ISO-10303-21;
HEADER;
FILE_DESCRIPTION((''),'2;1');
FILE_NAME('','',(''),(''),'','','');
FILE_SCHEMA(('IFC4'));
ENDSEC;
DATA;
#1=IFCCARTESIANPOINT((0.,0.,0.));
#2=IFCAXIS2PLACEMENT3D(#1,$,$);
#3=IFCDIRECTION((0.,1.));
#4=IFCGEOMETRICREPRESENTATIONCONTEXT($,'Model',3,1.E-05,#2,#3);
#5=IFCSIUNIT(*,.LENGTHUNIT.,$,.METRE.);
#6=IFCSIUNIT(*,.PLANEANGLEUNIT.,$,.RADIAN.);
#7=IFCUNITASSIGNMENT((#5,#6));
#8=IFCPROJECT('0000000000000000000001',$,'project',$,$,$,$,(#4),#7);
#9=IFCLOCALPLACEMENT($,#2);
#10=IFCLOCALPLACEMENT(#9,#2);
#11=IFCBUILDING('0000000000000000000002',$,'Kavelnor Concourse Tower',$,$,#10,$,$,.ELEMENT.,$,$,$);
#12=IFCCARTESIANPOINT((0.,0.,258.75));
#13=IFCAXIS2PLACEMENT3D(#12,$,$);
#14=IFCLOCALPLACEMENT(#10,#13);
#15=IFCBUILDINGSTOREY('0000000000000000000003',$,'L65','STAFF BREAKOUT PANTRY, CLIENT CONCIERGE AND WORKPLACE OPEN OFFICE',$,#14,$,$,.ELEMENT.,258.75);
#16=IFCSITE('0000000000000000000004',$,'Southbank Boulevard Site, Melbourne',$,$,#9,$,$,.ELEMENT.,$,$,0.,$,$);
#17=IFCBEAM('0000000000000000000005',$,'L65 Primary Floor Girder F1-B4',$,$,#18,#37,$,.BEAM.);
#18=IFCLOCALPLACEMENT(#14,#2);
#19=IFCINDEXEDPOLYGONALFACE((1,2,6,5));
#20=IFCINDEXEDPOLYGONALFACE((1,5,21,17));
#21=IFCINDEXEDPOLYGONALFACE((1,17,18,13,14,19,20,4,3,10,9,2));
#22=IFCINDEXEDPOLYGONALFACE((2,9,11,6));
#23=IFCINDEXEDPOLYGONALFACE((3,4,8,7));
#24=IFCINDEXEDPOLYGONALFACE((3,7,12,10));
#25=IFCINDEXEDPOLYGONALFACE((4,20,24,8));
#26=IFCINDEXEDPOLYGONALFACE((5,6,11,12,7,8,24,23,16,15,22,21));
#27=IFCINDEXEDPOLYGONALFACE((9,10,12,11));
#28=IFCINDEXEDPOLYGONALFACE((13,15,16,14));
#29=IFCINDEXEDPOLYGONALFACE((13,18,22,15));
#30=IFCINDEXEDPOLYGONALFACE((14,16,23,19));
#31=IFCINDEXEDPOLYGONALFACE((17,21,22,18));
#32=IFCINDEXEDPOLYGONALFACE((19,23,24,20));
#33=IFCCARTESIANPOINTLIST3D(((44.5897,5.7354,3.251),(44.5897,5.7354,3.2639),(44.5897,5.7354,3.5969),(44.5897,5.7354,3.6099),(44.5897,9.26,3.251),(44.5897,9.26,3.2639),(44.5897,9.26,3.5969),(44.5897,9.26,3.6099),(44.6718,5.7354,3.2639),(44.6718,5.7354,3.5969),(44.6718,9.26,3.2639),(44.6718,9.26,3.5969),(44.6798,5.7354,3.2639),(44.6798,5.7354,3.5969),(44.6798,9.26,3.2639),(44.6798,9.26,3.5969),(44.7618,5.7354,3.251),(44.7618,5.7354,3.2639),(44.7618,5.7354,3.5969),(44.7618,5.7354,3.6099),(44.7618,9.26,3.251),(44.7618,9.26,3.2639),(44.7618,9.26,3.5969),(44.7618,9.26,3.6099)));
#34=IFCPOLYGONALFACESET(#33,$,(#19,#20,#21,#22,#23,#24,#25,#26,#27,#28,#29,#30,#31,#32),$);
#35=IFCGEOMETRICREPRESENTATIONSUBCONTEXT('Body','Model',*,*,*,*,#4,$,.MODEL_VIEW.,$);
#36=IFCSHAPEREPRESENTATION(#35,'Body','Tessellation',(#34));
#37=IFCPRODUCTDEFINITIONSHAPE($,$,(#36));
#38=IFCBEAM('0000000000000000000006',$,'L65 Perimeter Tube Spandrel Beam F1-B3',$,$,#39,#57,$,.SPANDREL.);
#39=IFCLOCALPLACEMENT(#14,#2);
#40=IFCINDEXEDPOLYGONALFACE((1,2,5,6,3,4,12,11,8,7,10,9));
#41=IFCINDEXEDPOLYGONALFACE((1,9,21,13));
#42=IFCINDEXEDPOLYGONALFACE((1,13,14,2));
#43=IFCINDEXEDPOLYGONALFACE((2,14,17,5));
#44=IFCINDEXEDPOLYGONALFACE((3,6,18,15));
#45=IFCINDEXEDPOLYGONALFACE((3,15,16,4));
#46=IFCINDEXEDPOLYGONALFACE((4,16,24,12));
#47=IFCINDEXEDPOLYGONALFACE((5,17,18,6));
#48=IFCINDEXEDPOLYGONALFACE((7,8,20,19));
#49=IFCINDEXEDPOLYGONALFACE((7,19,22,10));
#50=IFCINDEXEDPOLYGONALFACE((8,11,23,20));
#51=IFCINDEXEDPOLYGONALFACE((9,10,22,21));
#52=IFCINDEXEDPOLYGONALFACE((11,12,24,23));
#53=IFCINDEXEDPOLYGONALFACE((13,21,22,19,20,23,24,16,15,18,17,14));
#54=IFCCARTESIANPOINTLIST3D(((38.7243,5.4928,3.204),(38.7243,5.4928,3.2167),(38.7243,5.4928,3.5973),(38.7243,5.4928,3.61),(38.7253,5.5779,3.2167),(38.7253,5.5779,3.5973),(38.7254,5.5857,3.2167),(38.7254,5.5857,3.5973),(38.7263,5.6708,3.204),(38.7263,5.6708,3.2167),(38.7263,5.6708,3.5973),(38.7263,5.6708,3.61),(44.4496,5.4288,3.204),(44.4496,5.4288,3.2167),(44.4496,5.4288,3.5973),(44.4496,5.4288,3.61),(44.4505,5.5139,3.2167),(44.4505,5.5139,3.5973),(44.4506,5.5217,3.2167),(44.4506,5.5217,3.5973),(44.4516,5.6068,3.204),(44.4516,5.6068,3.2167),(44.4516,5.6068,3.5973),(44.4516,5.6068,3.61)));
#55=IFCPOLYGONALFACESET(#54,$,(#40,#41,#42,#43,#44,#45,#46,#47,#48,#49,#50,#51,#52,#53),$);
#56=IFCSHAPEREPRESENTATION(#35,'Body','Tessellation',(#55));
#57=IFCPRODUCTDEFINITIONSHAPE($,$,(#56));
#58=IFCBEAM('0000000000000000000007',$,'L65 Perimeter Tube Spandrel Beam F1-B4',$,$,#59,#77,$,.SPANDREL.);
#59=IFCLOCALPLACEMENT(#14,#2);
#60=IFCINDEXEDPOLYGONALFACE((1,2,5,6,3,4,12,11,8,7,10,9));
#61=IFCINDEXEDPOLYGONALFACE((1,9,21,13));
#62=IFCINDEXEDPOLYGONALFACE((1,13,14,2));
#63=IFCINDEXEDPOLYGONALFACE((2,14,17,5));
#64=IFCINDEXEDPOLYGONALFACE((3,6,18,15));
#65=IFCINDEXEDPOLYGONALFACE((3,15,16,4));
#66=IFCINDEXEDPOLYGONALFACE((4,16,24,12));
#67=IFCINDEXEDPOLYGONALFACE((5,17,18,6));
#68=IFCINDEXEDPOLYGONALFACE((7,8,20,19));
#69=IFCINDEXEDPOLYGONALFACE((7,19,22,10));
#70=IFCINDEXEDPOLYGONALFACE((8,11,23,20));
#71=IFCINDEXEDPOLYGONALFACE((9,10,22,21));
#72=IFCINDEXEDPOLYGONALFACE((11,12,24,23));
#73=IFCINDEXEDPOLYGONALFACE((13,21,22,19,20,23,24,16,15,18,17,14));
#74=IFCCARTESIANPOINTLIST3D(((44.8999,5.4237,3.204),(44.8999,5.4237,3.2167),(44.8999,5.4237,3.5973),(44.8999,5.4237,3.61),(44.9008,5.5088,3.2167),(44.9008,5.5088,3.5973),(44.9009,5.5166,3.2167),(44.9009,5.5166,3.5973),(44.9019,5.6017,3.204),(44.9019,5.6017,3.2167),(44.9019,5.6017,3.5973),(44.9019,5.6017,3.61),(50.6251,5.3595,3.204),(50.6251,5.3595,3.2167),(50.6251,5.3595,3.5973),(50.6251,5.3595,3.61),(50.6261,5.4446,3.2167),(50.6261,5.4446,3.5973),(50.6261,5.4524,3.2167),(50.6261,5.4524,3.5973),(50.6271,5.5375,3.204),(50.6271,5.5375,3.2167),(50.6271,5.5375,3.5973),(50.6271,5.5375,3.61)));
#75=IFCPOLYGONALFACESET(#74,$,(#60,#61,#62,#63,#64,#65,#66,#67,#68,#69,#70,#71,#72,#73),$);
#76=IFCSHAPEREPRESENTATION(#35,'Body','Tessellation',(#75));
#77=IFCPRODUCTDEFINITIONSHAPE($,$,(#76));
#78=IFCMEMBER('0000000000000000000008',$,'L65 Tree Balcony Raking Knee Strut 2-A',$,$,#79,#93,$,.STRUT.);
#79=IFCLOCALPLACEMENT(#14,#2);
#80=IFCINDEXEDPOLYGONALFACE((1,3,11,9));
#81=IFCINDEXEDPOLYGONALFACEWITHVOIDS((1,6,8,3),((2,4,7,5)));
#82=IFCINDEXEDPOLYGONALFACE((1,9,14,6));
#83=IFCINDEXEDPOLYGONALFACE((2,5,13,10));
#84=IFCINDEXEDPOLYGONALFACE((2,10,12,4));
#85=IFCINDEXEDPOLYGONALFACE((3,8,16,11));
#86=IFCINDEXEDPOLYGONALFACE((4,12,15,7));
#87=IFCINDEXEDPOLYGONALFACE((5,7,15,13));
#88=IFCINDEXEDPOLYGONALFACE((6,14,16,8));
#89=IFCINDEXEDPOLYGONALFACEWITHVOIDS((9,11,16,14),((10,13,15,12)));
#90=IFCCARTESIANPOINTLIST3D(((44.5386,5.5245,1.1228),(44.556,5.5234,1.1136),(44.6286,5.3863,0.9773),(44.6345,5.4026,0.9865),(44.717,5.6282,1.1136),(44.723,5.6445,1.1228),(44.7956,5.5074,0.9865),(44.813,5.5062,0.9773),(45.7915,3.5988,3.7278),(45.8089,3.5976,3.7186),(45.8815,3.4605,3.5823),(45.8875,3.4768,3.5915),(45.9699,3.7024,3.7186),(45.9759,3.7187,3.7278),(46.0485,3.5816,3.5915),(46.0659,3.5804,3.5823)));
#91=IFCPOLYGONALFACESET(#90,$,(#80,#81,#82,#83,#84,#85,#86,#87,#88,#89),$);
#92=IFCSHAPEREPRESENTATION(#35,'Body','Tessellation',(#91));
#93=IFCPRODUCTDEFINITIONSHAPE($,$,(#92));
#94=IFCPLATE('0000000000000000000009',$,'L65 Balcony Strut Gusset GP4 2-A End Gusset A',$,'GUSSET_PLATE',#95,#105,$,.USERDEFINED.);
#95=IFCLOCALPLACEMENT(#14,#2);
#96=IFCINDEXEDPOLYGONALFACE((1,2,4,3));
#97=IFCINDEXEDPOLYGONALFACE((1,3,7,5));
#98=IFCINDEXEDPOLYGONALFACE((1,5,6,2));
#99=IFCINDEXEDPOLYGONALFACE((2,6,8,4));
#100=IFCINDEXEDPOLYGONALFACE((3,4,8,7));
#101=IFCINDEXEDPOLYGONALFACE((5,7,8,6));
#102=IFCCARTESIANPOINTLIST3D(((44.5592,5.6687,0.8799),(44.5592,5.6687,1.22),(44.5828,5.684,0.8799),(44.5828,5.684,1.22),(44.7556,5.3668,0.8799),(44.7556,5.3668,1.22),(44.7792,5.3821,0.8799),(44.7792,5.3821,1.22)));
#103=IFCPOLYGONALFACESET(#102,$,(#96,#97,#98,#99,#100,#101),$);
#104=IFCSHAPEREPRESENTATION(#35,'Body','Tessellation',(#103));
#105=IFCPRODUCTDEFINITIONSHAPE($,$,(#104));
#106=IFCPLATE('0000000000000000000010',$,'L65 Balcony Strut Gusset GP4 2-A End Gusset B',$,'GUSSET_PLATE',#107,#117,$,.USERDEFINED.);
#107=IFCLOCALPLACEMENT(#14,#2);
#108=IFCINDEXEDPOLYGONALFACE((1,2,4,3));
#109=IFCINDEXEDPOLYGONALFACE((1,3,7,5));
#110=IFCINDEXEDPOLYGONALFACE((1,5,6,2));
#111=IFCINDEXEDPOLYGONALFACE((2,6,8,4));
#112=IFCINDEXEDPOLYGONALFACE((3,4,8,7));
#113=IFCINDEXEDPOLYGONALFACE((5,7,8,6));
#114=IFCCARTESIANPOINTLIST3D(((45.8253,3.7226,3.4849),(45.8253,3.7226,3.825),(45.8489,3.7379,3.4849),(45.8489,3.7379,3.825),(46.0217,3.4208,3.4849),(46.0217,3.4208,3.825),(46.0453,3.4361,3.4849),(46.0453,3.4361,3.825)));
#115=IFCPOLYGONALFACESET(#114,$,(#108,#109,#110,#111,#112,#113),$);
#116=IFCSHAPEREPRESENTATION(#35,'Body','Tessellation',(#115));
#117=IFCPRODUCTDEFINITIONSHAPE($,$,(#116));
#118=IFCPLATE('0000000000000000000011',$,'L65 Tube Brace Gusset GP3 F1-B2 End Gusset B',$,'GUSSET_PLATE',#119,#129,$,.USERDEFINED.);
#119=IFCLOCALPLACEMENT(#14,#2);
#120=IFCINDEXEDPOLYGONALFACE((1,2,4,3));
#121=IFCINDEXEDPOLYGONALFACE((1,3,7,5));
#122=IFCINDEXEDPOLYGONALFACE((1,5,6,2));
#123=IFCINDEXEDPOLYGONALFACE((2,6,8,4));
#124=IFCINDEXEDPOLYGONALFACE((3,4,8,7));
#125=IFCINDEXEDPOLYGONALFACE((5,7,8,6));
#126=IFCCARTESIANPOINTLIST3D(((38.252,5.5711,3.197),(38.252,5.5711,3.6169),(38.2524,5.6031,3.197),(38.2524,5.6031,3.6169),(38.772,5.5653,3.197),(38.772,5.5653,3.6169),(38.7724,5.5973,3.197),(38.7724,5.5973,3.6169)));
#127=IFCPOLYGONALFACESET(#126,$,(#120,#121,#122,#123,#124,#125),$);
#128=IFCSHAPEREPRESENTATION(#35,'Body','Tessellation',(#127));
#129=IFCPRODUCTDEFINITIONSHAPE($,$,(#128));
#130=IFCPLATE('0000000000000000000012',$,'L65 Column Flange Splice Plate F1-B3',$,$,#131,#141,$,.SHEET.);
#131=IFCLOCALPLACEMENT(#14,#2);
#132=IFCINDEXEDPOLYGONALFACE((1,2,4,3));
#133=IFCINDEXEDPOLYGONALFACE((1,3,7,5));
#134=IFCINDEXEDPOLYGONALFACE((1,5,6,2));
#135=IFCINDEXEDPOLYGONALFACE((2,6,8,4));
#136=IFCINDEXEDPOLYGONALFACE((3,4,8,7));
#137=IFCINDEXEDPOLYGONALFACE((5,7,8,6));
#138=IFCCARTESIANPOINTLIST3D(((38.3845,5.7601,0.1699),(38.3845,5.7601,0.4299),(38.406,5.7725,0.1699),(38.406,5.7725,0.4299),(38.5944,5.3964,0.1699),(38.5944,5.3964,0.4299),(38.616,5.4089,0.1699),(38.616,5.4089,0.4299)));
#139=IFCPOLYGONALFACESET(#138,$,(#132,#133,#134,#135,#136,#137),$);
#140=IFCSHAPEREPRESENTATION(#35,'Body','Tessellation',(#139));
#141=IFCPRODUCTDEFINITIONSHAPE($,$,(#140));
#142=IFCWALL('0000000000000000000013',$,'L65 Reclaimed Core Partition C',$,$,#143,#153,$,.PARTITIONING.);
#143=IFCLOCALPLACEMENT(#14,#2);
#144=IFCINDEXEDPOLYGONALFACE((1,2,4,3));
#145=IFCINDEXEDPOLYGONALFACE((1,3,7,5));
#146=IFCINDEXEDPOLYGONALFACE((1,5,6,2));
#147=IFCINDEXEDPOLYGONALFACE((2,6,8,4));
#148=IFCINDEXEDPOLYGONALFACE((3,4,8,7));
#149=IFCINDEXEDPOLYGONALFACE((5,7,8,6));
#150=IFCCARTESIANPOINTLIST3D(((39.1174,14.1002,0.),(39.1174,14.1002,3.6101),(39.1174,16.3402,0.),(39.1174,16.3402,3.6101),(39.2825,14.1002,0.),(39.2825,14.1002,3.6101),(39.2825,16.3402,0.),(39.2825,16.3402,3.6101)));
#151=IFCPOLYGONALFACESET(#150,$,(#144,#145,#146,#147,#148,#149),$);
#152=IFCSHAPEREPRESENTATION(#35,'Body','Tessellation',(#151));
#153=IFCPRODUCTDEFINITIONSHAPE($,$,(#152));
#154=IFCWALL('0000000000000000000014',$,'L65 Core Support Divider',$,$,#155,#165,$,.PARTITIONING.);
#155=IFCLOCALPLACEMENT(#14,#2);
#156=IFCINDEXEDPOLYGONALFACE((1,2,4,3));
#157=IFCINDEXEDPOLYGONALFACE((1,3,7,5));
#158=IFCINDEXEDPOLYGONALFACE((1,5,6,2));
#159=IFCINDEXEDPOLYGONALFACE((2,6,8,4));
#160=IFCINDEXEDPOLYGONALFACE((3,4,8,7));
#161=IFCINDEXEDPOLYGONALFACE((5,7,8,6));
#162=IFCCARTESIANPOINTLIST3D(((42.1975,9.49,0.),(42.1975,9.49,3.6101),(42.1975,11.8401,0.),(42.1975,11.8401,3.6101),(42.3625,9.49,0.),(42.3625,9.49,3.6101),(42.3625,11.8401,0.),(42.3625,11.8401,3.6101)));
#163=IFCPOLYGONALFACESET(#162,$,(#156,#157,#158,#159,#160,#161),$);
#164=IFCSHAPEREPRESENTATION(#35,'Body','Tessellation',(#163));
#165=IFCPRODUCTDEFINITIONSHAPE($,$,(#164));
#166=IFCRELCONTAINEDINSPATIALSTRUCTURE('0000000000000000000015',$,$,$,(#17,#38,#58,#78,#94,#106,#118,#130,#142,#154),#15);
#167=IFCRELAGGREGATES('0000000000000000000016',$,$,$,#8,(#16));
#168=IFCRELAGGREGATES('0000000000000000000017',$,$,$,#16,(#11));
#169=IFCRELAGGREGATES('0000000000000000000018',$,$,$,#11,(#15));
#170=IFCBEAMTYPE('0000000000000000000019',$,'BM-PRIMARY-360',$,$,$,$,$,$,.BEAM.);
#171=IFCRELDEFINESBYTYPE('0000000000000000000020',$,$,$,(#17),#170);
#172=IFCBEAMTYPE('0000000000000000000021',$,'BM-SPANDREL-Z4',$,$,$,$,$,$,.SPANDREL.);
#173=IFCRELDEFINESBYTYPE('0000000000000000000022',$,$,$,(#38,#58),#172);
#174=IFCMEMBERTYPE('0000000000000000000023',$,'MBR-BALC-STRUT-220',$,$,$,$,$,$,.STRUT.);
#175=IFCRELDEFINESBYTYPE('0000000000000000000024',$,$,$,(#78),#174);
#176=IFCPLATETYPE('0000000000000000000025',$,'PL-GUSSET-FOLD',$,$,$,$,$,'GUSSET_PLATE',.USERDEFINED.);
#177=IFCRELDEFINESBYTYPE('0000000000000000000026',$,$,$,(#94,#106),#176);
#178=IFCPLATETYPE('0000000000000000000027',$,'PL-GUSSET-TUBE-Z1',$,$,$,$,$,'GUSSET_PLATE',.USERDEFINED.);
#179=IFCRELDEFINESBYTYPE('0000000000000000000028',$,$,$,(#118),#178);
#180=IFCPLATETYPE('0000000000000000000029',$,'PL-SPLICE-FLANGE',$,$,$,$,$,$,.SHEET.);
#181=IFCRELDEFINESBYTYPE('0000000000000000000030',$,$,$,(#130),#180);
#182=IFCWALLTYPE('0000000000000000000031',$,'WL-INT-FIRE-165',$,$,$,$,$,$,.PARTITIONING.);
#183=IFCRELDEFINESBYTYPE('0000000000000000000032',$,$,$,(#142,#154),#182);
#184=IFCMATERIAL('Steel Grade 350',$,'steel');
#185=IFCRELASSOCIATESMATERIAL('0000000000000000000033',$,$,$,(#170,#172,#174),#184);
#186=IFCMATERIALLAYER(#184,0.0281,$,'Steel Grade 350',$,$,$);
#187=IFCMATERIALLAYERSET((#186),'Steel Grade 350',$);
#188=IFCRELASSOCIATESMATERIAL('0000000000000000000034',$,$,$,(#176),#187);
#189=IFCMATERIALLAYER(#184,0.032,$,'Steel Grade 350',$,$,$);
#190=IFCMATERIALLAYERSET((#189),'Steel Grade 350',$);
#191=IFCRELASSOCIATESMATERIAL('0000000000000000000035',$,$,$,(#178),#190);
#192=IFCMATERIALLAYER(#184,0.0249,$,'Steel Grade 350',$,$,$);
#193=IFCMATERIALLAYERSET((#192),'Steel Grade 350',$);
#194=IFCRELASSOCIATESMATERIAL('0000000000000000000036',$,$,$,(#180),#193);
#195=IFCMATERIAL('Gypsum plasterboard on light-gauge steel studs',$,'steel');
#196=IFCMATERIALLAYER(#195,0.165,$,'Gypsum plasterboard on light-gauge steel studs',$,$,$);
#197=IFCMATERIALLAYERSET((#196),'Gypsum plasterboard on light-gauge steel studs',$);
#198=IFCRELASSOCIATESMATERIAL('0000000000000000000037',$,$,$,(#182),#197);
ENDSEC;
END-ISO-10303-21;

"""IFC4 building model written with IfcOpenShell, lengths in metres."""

from ifc_helpers import new_model, si_unit, direction, frame, frame_2d, origin, origin_2d, place, context, subcontext, project, spatial, rectangle, hollow_rectangle, i_section, extrude, material, layer, layer_set, material_profile, profile_set, type_object, element, save


model = new_model("IFC4")

# Units and contexts
model_context = context("Model", 3, precision=1e-05, world=origin(), true_north=direction((0.0, 1.0)))
body_context = subcontext(model_context, "Body", "Model", "MODEL_VIEW")
ifc_project = project(units=[si_unit("LENGTHUNIT", "METRE"), si_unit("PLANEANGLEUNIT", "RADIAN")], contexts=[model_context])

# Site, building, storey
site_placement = place(None, origin())
site = spatial("IfcSite", under=ifc_project, at=site_placement, Name="Southbank Boulevard Site, Melbourne", CompositionType="ELEMENT", RefElevation=0.0)
building_placement = place(site_placement, origin())
building = spatial("IfcBuilding", under=site, at=building_placement, Name="Kavelnor Concourse Tower", CompositionType="ELEMENT")
storey_placement = place(building_placement, frame((0.0, 0.0, 258.75)))
storey = spatial("IfcBuildingStorey", under=building, at=storey_placement, Name="L65", Description="STAFF BREAKOUT PANTRY, CLIENT CONCIERGE AND WORKPLACE OPEN OFFICE", CompositionType="ELEMENT", Elevation=258.75)

# Shared definitions
ifc_material_1 = material(Name="Steel Grade 350", Category="steel")

# Beams
ifc_material_profile_1 = material_profile(ifc_material_1, i_section(OverallWidth=0.1721, OverallDepth=0.3589, WebThickness=0.0081, FlangeThickness=0.0129, at=origin_2d()), Name="360UB56")
ifc_profile_set_1 = profile_set([ifc_material_profile_1], Name="Steel Grade 350")
beam_type_1 = type_object("IfcBeamType", Name="BM-PRIMARY-360", PredefinedType="BEAM", material=ifc_profile_set_1)
beam_1_placement = place(storey_placement, frame((44.6758, 9.26, 3.4304), z_axis=(0.0, -1.0, 0.0), x_axis=(1.0, 0.0, 0.0)))
element("IfcBeam", 1, at=beam_1_placement, inside=storey, type_object=beam_type_1, Name="L65 Primary Floor Girder F1-B4", PredefinedType="BEAM", context=body_context, shape_type="SweptSolid", body=[
    extrude(i_section(OverallWidth=0.1721, OverallDepth=0.3589, WebThickness=0.0081, FlangeThickness=0.0129, at=origin_2d()), origin(), (0.0, 0.0, 1.0), 3.5247),
])
ifc_material_profile_2 = material_profile(ifc_material_1, i_section(OverallWidth=0.178, OverallDepth=0.406, WebThickness=0.0078, FlangeThickness=0.0127, at=origin_2d()), Name="410UB59")
ifc_profile_set_2 = profile_set([ifc_material_profile_2], Name="Steel Grade 350")
beam_type_2 = type_object("IfcBeamType", Name="BM-SPANDREL-Z4", PredefinedType="SPANDREL", material=ifc_profile_set_2)
for number, where, z_axis, x_axis, name in (
    (2, (38.7253, 5.5818, 3.407), (0.999938, -0.011172, 0.0), (0.011172, 0.999938, 0.0), "L65 Perimeter Tube Spandrel Beam F1-B3"),
    (3, (44.9009, 5.5127, 3.407), (0.999937, -0.011214, 0.0), (0.011214, 0.999937, 0.0), "L65 Perimeter Tube Spandrel Beam F1-B4"),
):
    element("IfcBeam", number, at=place(storey_placement, frame(where, z_axis=z_axis, x_axis=x_axis)), inside=storey, type_object=beam_type_2, Name=name, PredefinedType="SPANDREL", context=body_context, shape_type="SweptSolid", body=[
        extrude(i_section(OverallWidth=0.178, OverallDepth=0.406, WebThickness=0.0078, FlangeThickness=0.0127, at=origin_2d()), origin(), (0.0, 0.0, 1.0), 5.7256),
    ])

# Member
ifc_material_profile_3 = material_profile(ifc_material_1, hollow_rectangle(XDim=0.22, YDim=0.22, WallThickness=0.0139, at=origin_2d()), Name="SHS 220x220x14")
ifc_profile_set_3 = profile_set([ifc_material_profile_3], Name="Steel Grade 350")
member_type = type_object("IfcMemberType", Name="MBR-BALC-STRUT-220", PredefinedType="STRUT", material=ifc_profile_set_3)
member_placement = place(storey_placement, frame((44.6758, 5.5154, 1.05), z_axis=(0.360723, -0.55444, 0.749984), x_axis=(0.83821, 0.545347, 0.0)))
element("IfcMember", 4, at=member_placement, inside=storey, type_object=member_type, Name="L65 Tree Balcony Raking Knee Strut 2-A", PredefinedType="STRUT", context=body_context, shape_type="SweptSolid", body=[
    extrude(hollow_rectangle(XDim=0.22, YDim=0.22, WallThickness=0.0139, at=origin_2d()), origin(), (0.0, 0.0, 1.0), 3.4734),
])

# Plates
ifc_layer_1 = layer(ifc_material_1, 0.0281, Name="Steel Grade 350")
ifc_layer_set_1 = layer_set([ifc_layer_1], Name="Steel Grade 350")
plate_type_1 = type_object("IfcPlateType", Name="PL-GUSSET-FOLD", ElementType="GUSSET_PLATE", PredefinedType="USERDEFINED", material=ifc_layer_set_1)
for number, where, z_axis, x_axis, name in (
    (5, (44.6692, 5.5254, 0.8799), (0.0, 0.0, 1.0), (0.545371, -0.838195, 0.0), "L65 Balcony Strut Gusset GP4 2-A End Gusset A"),
    (6, (45.9353, 3.5793, 3.4849), (0.0, 0.0, 1.0), (0.545371, -0.838195, 0.0), "L65 Balcony Strut Gusset GP4 2-A End Gusset B"),
):
    element("IfcPlate", number, at=place(storey_placement, frame(where, z_axis=z_axis, x_axis=x_axis)), inside=storey, type_object=plate_type_1, Name=name, ObjectType="GUSSET_PLATE", PredefinedType="USERDEFINED", context=body_context, shape_type="SweptSolid", body=[
        extrude(rectangle(XDim=0.3601, YDim=0.0281, at=origin_2d()), origin(), (0.0, 0.0, 1.0), 0.3401),
    ])
ifc_layer_2 = layer(ifc_material_1, 0.032, Name="Steel Grade 350")
ifc_layer_set_2 = layer_set([ifc_layer_2], Name="Steel Grade 350")
plate_type_2 = type_object("IfcPlateType", Name="PL-GUSSET-TUBE-Z1", ElementType="GUSSET_PLATE", PredefinedType="USERDEFINED", material=ifc_layer_set_2)
plate_1_placement = place(storey_placement, frame((38.5122, 5.5842, 3.197), z_axis=(0.0, 0.0, 1.0), x_axis=(0.999938, -0.01117, 0.0)))
element("IfcPlate", 7, at=plate_1_placement, inside=storey, type_object=plate_type_2, Name="L65 Tube Brace Gusset GP3 F1-B2 End Gusset B", ObjectType="GUSSET_PLATE", PredefinedType="USERDEFINED", context=body_context, shape_type="SweptSolid", body=[
    extrude(rectangle(XDim=0.52, YDim=0.032, at=origin_2d()), origin(), (0.0, 0.0, 1.0), 0.4199),
])
ifc_layer_3 = layer(ifc_material_1, 0.0249, Name="Steel Grade 350")
ifc_layer_set_3 = layer_set([ifc_layer_3], Name="Steel Grade 350")
plate_type_3 = type_object("IfcPlateType", Name="PL-SPLICE-FLANGE", PredefinedType="SHEET", material=ifc_layer_set_3)
plate_2_placement = place(storey_placement, frame((38.5002, 5.5845, 0.1699), z_axis=(0.0, 0.0, 1.0), x_axis=(-0.5, 0.866025, 0.0)))
element("IfcPlate", 8, at=plate_2_placement, inside=storey, type_object=plate_type_3, Name="L65 Column Flange Splice Plate F1-B3", PredefinedType="SHEET", context=body_context, shape_type="SweptSolid", body=[
    extrude(rectangle(XDim=0.4199, YDim=0.0249, at=origin_2d()), origin(), (0.0, 0.0, 1.0), 0.26),
])

# Walls
ifc_material_2 = material(Name="Gypsum plasterboard on light-gauge steel studs", Category="steel")
ifc_layer_4 = layer(ifc_material_2, 0.165, Name="Gypsum plasterboard on light-gauge steel studs")
ifc_layer_set_4 = layer_set([ifc_layer_4], Name="Gypsum plasterboard on light-gauge steel studs")
wall_type_1 = type_object("IfcWallType", Name="WL-INT-FIRE-165", PredefinedType="PARTITIONING", material=ifc_layer_set_4)
wall_1_placement = place(storey_placement, frame((39.2, 14.1001, 0.0), z_axis=(0.0, 0.0, 1.0), x_axis=(0.0, 1.0, 0.0)))
element("IfcWall", 9, at=wall_1_placement, inside=storey, type_object=wall_type_1, Name="L65 Reclaimed Core Partition C", PredefinedType="PARTITIONING", context=body_context, shape_type="SweptSolid", body=[
    extrude(rectangle(XDim=2.24, YDim=0.165, at=frame_2d((1.1201, 0.0))), origin(), (0.0, 0.0, 1.0), 3.6101),
])
wall_2_placement = place(storey_placement, frame((42.28, 9.49, 0.0), z_axis=(0.0, 0.0, 1.0), x_axis=(0.0, 1.0, 0.0)))
element("IfcWall", 10, at=wall_2_placement, inside=storey, type_object=wall_type_1, Name="L65 Core Support Divider", PredefinedType="PARTITIONING", context=body_context, shape_type="SweptSolid", body=[
    extrude(rectangle(XDim=2.3501, YDim=0.165, at=frame_2d((1.175, 0.0))), origin(), (0.0, 0.0, 1.0), 3.6101),
])

save(model, "model.ifc")
